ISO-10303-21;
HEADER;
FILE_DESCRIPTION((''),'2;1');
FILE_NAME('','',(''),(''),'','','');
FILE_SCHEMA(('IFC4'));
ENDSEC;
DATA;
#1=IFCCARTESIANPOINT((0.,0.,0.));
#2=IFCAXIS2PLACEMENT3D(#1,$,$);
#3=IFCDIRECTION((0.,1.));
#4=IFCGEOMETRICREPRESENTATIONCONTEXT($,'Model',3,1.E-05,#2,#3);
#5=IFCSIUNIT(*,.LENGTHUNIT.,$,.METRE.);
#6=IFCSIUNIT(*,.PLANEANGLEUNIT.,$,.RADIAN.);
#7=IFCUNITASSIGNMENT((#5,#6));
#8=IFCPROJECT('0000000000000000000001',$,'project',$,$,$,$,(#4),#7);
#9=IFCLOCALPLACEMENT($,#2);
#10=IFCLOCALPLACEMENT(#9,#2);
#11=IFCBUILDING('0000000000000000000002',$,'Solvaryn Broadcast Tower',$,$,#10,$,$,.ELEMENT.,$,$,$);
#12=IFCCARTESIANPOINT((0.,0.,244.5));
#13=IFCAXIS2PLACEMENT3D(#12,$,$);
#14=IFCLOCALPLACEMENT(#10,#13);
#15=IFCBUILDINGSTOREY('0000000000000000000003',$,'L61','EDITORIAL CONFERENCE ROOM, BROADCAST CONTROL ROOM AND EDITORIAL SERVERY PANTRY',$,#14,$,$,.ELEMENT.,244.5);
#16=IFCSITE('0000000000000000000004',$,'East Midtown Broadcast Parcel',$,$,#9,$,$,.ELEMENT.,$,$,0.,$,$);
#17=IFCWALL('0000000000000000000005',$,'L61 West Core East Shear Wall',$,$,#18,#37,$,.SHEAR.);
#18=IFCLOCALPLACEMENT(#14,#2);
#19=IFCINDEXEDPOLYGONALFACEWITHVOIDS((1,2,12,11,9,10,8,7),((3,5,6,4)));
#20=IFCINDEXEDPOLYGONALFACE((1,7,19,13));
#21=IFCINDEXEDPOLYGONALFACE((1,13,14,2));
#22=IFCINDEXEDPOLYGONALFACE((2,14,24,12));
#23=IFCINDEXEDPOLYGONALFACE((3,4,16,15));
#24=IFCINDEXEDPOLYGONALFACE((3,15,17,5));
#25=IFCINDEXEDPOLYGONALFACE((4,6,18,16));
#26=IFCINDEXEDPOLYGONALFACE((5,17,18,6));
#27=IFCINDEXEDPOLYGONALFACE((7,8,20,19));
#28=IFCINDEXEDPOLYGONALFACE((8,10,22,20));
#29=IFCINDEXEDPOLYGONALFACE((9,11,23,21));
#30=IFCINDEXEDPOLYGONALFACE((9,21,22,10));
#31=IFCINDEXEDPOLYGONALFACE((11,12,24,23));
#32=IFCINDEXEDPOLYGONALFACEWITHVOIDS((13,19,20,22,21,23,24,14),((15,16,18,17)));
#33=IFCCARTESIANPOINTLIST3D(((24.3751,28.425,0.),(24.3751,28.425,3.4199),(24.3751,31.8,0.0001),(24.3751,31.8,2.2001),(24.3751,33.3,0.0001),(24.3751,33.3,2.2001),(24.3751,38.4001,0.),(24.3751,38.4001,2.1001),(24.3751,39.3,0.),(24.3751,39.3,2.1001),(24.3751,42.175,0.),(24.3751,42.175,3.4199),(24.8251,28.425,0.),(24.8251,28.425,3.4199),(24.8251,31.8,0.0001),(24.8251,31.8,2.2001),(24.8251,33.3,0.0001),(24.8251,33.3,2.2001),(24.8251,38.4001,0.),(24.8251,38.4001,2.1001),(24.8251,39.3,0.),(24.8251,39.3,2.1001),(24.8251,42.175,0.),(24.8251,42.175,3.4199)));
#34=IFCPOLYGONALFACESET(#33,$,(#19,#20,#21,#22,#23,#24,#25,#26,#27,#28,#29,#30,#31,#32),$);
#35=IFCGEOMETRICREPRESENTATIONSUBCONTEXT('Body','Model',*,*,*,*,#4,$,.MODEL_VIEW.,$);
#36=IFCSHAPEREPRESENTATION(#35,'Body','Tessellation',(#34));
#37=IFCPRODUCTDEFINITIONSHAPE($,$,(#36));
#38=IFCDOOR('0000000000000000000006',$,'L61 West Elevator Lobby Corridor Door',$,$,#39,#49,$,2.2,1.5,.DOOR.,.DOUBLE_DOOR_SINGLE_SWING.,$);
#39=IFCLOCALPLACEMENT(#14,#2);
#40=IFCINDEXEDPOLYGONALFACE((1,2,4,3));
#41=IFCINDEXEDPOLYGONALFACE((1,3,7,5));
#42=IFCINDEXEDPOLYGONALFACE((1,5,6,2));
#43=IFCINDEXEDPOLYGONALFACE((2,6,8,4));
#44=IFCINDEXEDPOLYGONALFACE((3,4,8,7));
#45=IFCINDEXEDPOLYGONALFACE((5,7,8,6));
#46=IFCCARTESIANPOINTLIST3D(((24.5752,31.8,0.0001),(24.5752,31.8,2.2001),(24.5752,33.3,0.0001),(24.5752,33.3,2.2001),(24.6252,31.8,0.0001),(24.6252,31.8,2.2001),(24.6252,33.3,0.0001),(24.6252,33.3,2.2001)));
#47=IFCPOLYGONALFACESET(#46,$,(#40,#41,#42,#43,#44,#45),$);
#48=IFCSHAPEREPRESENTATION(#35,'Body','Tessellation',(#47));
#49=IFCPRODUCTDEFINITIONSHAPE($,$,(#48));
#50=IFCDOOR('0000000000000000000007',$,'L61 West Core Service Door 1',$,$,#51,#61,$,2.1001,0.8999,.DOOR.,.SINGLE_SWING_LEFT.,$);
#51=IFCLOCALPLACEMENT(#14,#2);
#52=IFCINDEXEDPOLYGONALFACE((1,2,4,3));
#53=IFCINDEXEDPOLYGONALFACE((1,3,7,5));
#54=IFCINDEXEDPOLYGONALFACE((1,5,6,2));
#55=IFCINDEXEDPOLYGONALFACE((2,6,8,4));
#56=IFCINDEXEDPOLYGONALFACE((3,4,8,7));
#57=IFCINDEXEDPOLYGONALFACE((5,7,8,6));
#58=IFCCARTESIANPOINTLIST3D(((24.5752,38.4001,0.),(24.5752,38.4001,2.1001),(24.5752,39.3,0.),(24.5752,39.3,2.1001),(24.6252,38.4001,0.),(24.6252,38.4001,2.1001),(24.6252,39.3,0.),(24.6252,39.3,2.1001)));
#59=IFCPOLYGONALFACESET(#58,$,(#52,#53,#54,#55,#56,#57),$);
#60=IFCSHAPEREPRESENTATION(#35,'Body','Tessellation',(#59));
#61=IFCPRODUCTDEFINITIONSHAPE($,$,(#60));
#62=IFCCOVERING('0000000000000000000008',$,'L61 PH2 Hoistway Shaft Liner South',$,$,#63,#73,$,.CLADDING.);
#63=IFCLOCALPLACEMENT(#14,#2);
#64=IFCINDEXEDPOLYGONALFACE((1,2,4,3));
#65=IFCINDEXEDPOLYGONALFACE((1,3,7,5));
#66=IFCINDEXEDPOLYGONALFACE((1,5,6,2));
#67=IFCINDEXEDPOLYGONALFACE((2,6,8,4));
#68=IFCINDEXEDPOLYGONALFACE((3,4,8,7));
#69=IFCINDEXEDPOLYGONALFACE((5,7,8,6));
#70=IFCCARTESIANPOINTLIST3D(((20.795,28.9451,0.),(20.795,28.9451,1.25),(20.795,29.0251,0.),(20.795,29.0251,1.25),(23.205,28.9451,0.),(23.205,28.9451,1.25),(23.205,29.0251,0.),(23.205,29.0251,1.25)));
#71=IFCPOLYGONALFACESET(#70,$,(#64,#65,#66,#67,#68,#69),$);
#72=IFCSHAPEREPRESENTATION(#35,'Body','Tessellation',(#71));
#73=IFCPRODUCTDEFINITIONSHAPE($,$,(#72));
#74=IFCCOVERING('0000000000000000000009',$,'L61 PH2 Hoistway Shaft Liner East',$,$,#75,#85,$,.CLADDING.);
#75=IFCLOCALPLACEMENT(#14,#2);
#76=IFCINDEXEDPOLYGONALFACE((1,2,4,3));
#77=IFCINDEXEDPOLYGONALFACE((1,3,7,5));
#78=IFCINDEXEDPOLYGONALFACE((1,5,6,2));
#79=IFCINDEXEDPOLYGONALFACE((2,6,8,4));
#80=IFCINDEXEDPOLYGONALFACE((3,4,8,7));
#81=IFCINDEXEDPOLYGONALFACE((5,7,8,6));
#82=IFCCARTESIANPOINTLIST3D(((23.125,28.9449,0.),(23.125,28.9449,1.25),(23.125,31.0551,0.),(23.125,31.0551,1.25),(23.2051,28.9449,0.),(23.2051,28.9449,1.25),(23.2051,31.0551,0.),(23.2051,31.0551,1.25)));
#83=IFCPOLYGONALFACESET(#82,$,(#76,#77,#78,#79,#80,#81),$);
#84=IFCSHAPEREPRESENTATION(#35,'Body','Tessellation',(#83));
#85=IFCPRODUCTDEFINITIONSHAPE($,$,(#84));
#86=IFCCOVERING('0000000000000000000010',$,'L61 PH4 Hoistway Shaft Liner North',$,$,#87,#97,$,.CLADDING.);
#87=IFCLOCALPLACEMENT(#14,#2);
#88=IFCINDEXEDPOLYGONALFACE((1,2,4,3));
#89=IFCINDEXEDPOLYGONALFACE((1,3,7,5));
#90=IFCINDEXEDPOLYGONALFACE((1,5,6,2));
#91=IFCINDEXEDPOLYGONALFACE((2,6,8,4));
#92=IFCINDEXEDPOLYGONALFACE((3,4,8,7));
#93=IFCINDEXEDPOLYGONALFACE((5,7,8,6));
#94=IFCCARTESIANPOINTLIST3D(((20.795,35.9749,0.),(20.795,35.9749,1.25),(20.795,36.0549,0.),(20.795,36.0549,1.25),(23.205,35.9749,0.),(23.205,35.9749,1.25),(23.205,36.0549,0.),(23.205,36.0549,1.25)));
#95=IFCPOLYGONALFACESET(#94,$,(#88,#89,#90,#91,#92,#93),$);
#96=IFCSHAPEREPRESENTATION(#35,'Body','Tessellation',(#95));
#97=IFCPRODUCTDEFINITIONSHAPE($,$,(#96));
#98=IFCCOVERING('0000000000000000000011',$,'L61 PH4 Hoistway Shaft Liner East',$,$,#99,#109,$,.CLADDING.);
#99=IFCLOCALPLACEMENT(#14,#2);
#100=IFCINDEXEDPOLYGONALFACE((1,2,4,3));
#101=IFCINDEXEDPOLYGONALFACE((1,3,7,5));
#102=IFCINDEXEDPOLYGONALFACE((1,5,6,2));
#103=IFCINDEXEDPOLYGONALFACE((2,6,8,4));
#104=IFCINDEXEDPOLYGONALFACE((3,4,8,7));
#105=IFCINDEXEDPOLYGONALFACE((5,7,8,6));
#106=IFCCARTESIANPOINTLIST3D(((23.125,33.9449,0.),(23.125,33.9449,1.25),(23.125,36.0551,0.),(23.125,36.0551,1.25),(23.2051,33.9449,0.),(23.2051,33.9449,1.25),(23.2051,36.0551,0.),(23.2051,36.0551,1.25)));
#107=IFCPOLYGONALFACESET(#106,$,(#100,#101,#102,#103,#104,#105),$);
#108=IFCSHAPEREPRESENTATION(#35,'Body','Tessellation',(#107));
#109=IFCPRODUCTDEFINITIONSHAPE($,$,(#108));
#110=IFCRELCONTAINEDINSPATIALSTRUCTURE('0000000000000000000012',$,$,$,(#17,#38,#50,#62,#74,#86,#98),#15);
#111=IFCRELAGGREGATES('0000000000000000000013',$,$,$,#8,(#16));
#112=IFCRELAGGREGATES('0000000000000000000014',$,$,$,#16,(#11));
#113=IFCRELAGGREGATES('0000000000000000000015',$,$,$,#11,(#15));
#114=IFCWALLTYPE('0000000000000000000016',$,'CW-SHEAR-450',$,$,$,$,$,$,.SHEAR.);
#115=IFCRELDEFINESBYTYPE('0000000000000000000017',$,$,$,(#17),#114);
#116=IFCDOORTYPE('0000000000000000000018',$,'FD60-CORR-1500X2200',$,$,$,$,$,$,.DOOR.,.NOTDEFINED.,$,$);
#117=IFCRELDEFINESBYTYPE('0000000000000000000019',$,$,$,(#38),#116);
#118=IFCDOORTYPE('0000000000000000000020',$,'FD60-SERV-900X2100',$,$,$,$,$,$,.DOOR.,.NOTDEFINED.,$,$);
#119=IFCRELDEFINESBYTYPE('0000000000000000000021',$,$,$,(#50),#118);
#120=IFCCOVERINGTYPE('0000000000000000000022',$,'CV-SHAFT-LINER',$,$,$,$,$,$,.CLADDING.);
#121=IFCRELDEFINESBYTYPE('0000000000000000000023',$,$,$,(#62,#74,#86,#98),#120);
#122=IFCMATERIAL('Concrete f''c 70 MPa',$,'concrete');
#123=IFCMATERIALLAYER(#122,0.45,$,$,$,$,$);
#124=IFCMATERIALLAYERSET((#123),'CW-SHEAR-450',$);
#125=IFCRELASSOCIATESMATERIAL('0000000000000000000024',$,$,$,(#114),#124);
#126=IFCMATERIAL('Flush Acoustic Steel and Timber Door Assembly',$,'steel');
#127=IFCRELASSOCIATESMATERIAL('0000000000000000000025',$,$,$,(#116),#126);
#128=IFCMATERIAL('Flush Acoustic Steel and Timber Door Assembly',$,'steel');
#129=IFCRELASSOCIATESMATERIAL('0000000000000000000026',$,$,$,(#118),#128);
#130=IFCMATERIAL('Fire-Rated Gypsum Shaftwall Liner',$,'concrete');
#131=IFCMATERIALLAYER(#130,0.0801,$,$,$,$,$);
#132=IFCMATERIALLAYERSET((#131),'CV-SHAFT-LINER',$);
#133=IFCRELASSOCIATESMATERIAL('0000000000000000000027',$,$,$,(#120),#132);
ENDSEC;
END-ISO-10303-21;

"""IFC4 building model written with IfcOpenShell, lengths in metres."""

from ifc_helpers import new_model, si_unit, direction, frame, frame_2d, origin, origin_2d, place, context, subcontext, project, spatial, rectangle, extrude, material, layer, layer_set, type_object, element, fill, save


model = new_model("IFC4")

# Units and contexts
model_context = context("Model", 3, precision=1e-05, world=origin(), true_north=direction((0.0, 1.0)))
body_context = subcontext(model_context, "Body", "Model", "MODEL_VIEW")
ifc_project = project(units=[si_unit("LENGTHUNIT", "METRE"), si_unit("PLANEANGLEUNIT", "RADIAN")], contexts=[model_context])

# Site, building, storey
site_placement = place(None, origin())
site = spatial("IfcSite", under=ifc_project, at=site_placement, Name="East Midtown Broadcast Parcel", CompositionType="ELEMENT", RefElevation=0.0)
building_placement = place(site_placement, origin())
building = spatial("IfcBuilding", under=site, at=building_placement, Name="Solvaryn Broadcast Tower", CompositionType="ELEMENT")
storey_placement = place(building_placement, frame((0.0, 0.0, 244.5)))
storey = spatial("IfcBuildingStorey", under=building, at=storey_placement, Name="L61", Description="EDITORIAL CONFERENCE ROOM, BROADCAST CONTROL ROOM AND EDITORIAL SERVERY PANTRY", CompositionType="ELEMENT", Elevation=244.5)

# Wall, openings, doors
ifc_material_1 = material(Name="Concrete f'c 70 MPa", Category="concrete")
ifc_layer_1 = layer(ifc_material_1, 0.45)
ifc_layer_set_1 = layer_set([ifc_layer_1], Name="CW-SHEAR-450")
wall_type_1 = type_object("IfcWallType", Name="CW-SHEAR-450", PredefinedType="SHEAR", material=ifc_layer_set_1)
wall_1_placement = place(storey_placement, frame((24.6001, 28.425, 0.0), z_axis=(0.0, 0.0, 1.0), x_axis=(0.0, 1.0, 0.0)))
wall_1 = element("IfcWall", 1, at=wall_1_placement, inside=storey, type_object=wall_type_1, Name="L61 West Core East Shear Wall", PredefinedType="SHEAR", context=body_context, shape_type="SweptSolid", body=[
    extrude(rectangle(XDim=13.75, YDim=0.45, at=frame_2d((6.875, 0.0))), origin(), (0.0, 0.0, 1.0), 3.4199),
])
opening_1_placement = place(wall_1_placement, frame((3.375, 0.0, 0.0)))
opening_1 = element("IfcOpeningElement", 2, at=opening_1_placement, cuts=wall_1, PredefinedType="OPENING", context=body_context, shape_type="SweptSolid", body=[
    extrude(rectangle(XDim=1.5, YDim=2.2, at=frame_2d((0.75, 1.1001))), frame((0.0, 0.2351, 0.0), z_axis=(0.0, -1.0, 0.0), x_axis=(1.0, 0.0, 0.0)), (0.0, 0.0, 1.0), 0.47),
])
opening_2_placement = place(wall_1_placement, frame((9.9751, 0.0, 0.0)))
opening_2 = element("IfcOpeningElement", 3, at=opening_2_placement, cuts=wall_1, PredefinedType="OPENING", context=body_context, shape_type="SweptSolid", body=[
    extrude(rectangle(XDim=0.8999, YDim=2.1001, at=frame_2d((0.45, 1.05))), frame((0.0, 0.2351, 0.0), z_axis=(0.0, -1.0, 0.0), x_axis=(1.0, 0.0, 0.0)), (0.0, 0.0, 1.0), 0.47),
])
ifc_material_2 = material(Name="Flush Acoustic Steel and Timber Door Assembly", Category="steel")
door_type_1 = type_object("IfcDoorType", Name="FD60-CORR-1500X2200", OperationType="NOTDEFINED", PredefinedType="DOOR", material=ifc_material_2)
door_1_placement = place(opening_1_placement, origin())
door_1 = element("IfcDoor", 4, at=door_1_placement, inside=storey, type_object=door_type_1, Name="L61 West Elevator Lobby Corridor Door", OperationType="DOUBLE_DOOR_SINGLE_SWING", OverallHeight=2.2, OverallWidth=1.5, PredefinedType="DOOR", context=body_context, shape_type="SweptSolid", body=[
    extrude(rectangle(XDim=1.5, YDim=2.2, at=frame_2d((0.75, 1.1001))), frame((0.0, 0.0249, 0.0), z_axis=(0.0, -1.0, 0.0), x_axis=(1.0, 0.0, 0.0)), (0.0, 0.0, 1.0), 0.05),
])
fill(opening_1, door_1)
ifc_material_3 = material(Name="Flush Acoustic Steel and Timber Door Assembly", Category="steel")
door_type_2 = type_object("IfcDoorType", Name="FD60-SERV-900X2100", OperationType="NOTDEFINED", PredefinedType="DOOR", material=ifc_material_3)
door_2_placement = place(opening_2_placement, origin())
door_2 = element("IfcDoor", 5, at=door_2_placement, inside=storey, type_object=door_type_2, Name="L61 West Core Service Door 1", OperationType="SINGLE_SWING_LEFT", OverallHeight=2.1001, OverallWidth=0.8999, PredefinedType="DOOR", context=body_context, shape_type="SweptSolid", body=[
    extrude(rectangle(XDim=0.8999, YDim=2.1001, at=frame_2d((0.45, 1.05))), frame((0.0, 0.0249, 0.0), z_axis=(0.0, -1.0, 0.0), x_axis=(1.0, 0.0, 0.0)), (0.0, 0.0, 1.0), 0.05),
])
fill(opening_2, door_2)

# Coverings
ifc_material_4 = material(Name="Fire-Rated Gypsum Shaftwall Liner", Category="concrete")
ifc_layer_2 = layer(ifc_material_4, 0.0801)
ifc_layer_set_2 = layer_set([ifc_layer_2], Name="CV-SHAFT-LINER")
covering_type = type_object("IfcCoveringType", Name="CV-SHAFT-LINER", PredefinedType="CLADDING", material=ifc_layer_set_2)
covering_1_placement = place(storey_placement, frame((22.0, 28.9851, 0.0), z_axis=(0.0, 0.0, 1.0), x_axis=(1.0, 0.0, 0.0)))
element("IfcCovering", 6, at=covering_1_placement, inside=storey, type_object=covering_type, Name="L61 PH2 Hoistway Shaft Liner South", PredefinedType="CLADDING", context=body_context, shape_type="SweptSolid", body=[
    extrude(rectangle(XDim=2.4099, YDim=0.0801, at=origin_2d()), origin(), (0.0, 0.0, 1.0), 1.25),
])
covering_2_placement = place(storey_placement, frame((23.165, 30.0, 0.0), z_axis=(0.0, 0.0, 1.0), x_axis=(1.0, 0.0, 0.0)))
element("IfcCovering", 7, at=covering_2_placement, inside=storey, type_object=covering_type, Name="L61 PH2 Hoistway Shaft Liner East", PredefinedType="CLADDING", context=body_context, shape_type="SweptSolid", body=[
    extrude(rectangle(XDim=0.0801, YDim=2.1101, at=origin_2d()), origin(), (0.0, 0.0, 1.0), 1.25),
])
covering_3_placement = place(storey_placement, frame((22.0, 36.0149, 0.0), z_axis=(0.0, 0.0, 1.0), x_axis=(1.0, 0.0, 0.0)))
element("IfcCovering", 8, at=covering_3_placement, inside=storey, type_object=covering_type, Name="L61 PH4 Hoistway Shaft Liner North", PredefinedType="CLADDING", context=body_context, shape_type="SweptSolid", body=[
    extrude(rectangle(XDim=2.4099, YDim=0.0801, at=origin_2d()), origin(), (0.0, 0.0, 1.0), 1.25),
])
covering_4_placement = place(storey_placement, frame((23.165, 35.0, 0.0), z_axis=(0.0, 0.0, 1.0), x_axis=(1.0, 0.0, 0.0)))
element("IfcCovering", 9, at=covering_4_placement, inside=storey, type_object=covering_type, Name="L61 PH4 Hoistway Shaft Liner East", PredefinedType="CLADDING", context=body_context, shape_type="SweptSolid", body=[
    extrude(rectangle(XDim=0.0801, YDim=2.1101, at=origin_2d()), origin(), (0.0, 0.0, 1.0), 1.25),
])

save(model, "model.ifc")
